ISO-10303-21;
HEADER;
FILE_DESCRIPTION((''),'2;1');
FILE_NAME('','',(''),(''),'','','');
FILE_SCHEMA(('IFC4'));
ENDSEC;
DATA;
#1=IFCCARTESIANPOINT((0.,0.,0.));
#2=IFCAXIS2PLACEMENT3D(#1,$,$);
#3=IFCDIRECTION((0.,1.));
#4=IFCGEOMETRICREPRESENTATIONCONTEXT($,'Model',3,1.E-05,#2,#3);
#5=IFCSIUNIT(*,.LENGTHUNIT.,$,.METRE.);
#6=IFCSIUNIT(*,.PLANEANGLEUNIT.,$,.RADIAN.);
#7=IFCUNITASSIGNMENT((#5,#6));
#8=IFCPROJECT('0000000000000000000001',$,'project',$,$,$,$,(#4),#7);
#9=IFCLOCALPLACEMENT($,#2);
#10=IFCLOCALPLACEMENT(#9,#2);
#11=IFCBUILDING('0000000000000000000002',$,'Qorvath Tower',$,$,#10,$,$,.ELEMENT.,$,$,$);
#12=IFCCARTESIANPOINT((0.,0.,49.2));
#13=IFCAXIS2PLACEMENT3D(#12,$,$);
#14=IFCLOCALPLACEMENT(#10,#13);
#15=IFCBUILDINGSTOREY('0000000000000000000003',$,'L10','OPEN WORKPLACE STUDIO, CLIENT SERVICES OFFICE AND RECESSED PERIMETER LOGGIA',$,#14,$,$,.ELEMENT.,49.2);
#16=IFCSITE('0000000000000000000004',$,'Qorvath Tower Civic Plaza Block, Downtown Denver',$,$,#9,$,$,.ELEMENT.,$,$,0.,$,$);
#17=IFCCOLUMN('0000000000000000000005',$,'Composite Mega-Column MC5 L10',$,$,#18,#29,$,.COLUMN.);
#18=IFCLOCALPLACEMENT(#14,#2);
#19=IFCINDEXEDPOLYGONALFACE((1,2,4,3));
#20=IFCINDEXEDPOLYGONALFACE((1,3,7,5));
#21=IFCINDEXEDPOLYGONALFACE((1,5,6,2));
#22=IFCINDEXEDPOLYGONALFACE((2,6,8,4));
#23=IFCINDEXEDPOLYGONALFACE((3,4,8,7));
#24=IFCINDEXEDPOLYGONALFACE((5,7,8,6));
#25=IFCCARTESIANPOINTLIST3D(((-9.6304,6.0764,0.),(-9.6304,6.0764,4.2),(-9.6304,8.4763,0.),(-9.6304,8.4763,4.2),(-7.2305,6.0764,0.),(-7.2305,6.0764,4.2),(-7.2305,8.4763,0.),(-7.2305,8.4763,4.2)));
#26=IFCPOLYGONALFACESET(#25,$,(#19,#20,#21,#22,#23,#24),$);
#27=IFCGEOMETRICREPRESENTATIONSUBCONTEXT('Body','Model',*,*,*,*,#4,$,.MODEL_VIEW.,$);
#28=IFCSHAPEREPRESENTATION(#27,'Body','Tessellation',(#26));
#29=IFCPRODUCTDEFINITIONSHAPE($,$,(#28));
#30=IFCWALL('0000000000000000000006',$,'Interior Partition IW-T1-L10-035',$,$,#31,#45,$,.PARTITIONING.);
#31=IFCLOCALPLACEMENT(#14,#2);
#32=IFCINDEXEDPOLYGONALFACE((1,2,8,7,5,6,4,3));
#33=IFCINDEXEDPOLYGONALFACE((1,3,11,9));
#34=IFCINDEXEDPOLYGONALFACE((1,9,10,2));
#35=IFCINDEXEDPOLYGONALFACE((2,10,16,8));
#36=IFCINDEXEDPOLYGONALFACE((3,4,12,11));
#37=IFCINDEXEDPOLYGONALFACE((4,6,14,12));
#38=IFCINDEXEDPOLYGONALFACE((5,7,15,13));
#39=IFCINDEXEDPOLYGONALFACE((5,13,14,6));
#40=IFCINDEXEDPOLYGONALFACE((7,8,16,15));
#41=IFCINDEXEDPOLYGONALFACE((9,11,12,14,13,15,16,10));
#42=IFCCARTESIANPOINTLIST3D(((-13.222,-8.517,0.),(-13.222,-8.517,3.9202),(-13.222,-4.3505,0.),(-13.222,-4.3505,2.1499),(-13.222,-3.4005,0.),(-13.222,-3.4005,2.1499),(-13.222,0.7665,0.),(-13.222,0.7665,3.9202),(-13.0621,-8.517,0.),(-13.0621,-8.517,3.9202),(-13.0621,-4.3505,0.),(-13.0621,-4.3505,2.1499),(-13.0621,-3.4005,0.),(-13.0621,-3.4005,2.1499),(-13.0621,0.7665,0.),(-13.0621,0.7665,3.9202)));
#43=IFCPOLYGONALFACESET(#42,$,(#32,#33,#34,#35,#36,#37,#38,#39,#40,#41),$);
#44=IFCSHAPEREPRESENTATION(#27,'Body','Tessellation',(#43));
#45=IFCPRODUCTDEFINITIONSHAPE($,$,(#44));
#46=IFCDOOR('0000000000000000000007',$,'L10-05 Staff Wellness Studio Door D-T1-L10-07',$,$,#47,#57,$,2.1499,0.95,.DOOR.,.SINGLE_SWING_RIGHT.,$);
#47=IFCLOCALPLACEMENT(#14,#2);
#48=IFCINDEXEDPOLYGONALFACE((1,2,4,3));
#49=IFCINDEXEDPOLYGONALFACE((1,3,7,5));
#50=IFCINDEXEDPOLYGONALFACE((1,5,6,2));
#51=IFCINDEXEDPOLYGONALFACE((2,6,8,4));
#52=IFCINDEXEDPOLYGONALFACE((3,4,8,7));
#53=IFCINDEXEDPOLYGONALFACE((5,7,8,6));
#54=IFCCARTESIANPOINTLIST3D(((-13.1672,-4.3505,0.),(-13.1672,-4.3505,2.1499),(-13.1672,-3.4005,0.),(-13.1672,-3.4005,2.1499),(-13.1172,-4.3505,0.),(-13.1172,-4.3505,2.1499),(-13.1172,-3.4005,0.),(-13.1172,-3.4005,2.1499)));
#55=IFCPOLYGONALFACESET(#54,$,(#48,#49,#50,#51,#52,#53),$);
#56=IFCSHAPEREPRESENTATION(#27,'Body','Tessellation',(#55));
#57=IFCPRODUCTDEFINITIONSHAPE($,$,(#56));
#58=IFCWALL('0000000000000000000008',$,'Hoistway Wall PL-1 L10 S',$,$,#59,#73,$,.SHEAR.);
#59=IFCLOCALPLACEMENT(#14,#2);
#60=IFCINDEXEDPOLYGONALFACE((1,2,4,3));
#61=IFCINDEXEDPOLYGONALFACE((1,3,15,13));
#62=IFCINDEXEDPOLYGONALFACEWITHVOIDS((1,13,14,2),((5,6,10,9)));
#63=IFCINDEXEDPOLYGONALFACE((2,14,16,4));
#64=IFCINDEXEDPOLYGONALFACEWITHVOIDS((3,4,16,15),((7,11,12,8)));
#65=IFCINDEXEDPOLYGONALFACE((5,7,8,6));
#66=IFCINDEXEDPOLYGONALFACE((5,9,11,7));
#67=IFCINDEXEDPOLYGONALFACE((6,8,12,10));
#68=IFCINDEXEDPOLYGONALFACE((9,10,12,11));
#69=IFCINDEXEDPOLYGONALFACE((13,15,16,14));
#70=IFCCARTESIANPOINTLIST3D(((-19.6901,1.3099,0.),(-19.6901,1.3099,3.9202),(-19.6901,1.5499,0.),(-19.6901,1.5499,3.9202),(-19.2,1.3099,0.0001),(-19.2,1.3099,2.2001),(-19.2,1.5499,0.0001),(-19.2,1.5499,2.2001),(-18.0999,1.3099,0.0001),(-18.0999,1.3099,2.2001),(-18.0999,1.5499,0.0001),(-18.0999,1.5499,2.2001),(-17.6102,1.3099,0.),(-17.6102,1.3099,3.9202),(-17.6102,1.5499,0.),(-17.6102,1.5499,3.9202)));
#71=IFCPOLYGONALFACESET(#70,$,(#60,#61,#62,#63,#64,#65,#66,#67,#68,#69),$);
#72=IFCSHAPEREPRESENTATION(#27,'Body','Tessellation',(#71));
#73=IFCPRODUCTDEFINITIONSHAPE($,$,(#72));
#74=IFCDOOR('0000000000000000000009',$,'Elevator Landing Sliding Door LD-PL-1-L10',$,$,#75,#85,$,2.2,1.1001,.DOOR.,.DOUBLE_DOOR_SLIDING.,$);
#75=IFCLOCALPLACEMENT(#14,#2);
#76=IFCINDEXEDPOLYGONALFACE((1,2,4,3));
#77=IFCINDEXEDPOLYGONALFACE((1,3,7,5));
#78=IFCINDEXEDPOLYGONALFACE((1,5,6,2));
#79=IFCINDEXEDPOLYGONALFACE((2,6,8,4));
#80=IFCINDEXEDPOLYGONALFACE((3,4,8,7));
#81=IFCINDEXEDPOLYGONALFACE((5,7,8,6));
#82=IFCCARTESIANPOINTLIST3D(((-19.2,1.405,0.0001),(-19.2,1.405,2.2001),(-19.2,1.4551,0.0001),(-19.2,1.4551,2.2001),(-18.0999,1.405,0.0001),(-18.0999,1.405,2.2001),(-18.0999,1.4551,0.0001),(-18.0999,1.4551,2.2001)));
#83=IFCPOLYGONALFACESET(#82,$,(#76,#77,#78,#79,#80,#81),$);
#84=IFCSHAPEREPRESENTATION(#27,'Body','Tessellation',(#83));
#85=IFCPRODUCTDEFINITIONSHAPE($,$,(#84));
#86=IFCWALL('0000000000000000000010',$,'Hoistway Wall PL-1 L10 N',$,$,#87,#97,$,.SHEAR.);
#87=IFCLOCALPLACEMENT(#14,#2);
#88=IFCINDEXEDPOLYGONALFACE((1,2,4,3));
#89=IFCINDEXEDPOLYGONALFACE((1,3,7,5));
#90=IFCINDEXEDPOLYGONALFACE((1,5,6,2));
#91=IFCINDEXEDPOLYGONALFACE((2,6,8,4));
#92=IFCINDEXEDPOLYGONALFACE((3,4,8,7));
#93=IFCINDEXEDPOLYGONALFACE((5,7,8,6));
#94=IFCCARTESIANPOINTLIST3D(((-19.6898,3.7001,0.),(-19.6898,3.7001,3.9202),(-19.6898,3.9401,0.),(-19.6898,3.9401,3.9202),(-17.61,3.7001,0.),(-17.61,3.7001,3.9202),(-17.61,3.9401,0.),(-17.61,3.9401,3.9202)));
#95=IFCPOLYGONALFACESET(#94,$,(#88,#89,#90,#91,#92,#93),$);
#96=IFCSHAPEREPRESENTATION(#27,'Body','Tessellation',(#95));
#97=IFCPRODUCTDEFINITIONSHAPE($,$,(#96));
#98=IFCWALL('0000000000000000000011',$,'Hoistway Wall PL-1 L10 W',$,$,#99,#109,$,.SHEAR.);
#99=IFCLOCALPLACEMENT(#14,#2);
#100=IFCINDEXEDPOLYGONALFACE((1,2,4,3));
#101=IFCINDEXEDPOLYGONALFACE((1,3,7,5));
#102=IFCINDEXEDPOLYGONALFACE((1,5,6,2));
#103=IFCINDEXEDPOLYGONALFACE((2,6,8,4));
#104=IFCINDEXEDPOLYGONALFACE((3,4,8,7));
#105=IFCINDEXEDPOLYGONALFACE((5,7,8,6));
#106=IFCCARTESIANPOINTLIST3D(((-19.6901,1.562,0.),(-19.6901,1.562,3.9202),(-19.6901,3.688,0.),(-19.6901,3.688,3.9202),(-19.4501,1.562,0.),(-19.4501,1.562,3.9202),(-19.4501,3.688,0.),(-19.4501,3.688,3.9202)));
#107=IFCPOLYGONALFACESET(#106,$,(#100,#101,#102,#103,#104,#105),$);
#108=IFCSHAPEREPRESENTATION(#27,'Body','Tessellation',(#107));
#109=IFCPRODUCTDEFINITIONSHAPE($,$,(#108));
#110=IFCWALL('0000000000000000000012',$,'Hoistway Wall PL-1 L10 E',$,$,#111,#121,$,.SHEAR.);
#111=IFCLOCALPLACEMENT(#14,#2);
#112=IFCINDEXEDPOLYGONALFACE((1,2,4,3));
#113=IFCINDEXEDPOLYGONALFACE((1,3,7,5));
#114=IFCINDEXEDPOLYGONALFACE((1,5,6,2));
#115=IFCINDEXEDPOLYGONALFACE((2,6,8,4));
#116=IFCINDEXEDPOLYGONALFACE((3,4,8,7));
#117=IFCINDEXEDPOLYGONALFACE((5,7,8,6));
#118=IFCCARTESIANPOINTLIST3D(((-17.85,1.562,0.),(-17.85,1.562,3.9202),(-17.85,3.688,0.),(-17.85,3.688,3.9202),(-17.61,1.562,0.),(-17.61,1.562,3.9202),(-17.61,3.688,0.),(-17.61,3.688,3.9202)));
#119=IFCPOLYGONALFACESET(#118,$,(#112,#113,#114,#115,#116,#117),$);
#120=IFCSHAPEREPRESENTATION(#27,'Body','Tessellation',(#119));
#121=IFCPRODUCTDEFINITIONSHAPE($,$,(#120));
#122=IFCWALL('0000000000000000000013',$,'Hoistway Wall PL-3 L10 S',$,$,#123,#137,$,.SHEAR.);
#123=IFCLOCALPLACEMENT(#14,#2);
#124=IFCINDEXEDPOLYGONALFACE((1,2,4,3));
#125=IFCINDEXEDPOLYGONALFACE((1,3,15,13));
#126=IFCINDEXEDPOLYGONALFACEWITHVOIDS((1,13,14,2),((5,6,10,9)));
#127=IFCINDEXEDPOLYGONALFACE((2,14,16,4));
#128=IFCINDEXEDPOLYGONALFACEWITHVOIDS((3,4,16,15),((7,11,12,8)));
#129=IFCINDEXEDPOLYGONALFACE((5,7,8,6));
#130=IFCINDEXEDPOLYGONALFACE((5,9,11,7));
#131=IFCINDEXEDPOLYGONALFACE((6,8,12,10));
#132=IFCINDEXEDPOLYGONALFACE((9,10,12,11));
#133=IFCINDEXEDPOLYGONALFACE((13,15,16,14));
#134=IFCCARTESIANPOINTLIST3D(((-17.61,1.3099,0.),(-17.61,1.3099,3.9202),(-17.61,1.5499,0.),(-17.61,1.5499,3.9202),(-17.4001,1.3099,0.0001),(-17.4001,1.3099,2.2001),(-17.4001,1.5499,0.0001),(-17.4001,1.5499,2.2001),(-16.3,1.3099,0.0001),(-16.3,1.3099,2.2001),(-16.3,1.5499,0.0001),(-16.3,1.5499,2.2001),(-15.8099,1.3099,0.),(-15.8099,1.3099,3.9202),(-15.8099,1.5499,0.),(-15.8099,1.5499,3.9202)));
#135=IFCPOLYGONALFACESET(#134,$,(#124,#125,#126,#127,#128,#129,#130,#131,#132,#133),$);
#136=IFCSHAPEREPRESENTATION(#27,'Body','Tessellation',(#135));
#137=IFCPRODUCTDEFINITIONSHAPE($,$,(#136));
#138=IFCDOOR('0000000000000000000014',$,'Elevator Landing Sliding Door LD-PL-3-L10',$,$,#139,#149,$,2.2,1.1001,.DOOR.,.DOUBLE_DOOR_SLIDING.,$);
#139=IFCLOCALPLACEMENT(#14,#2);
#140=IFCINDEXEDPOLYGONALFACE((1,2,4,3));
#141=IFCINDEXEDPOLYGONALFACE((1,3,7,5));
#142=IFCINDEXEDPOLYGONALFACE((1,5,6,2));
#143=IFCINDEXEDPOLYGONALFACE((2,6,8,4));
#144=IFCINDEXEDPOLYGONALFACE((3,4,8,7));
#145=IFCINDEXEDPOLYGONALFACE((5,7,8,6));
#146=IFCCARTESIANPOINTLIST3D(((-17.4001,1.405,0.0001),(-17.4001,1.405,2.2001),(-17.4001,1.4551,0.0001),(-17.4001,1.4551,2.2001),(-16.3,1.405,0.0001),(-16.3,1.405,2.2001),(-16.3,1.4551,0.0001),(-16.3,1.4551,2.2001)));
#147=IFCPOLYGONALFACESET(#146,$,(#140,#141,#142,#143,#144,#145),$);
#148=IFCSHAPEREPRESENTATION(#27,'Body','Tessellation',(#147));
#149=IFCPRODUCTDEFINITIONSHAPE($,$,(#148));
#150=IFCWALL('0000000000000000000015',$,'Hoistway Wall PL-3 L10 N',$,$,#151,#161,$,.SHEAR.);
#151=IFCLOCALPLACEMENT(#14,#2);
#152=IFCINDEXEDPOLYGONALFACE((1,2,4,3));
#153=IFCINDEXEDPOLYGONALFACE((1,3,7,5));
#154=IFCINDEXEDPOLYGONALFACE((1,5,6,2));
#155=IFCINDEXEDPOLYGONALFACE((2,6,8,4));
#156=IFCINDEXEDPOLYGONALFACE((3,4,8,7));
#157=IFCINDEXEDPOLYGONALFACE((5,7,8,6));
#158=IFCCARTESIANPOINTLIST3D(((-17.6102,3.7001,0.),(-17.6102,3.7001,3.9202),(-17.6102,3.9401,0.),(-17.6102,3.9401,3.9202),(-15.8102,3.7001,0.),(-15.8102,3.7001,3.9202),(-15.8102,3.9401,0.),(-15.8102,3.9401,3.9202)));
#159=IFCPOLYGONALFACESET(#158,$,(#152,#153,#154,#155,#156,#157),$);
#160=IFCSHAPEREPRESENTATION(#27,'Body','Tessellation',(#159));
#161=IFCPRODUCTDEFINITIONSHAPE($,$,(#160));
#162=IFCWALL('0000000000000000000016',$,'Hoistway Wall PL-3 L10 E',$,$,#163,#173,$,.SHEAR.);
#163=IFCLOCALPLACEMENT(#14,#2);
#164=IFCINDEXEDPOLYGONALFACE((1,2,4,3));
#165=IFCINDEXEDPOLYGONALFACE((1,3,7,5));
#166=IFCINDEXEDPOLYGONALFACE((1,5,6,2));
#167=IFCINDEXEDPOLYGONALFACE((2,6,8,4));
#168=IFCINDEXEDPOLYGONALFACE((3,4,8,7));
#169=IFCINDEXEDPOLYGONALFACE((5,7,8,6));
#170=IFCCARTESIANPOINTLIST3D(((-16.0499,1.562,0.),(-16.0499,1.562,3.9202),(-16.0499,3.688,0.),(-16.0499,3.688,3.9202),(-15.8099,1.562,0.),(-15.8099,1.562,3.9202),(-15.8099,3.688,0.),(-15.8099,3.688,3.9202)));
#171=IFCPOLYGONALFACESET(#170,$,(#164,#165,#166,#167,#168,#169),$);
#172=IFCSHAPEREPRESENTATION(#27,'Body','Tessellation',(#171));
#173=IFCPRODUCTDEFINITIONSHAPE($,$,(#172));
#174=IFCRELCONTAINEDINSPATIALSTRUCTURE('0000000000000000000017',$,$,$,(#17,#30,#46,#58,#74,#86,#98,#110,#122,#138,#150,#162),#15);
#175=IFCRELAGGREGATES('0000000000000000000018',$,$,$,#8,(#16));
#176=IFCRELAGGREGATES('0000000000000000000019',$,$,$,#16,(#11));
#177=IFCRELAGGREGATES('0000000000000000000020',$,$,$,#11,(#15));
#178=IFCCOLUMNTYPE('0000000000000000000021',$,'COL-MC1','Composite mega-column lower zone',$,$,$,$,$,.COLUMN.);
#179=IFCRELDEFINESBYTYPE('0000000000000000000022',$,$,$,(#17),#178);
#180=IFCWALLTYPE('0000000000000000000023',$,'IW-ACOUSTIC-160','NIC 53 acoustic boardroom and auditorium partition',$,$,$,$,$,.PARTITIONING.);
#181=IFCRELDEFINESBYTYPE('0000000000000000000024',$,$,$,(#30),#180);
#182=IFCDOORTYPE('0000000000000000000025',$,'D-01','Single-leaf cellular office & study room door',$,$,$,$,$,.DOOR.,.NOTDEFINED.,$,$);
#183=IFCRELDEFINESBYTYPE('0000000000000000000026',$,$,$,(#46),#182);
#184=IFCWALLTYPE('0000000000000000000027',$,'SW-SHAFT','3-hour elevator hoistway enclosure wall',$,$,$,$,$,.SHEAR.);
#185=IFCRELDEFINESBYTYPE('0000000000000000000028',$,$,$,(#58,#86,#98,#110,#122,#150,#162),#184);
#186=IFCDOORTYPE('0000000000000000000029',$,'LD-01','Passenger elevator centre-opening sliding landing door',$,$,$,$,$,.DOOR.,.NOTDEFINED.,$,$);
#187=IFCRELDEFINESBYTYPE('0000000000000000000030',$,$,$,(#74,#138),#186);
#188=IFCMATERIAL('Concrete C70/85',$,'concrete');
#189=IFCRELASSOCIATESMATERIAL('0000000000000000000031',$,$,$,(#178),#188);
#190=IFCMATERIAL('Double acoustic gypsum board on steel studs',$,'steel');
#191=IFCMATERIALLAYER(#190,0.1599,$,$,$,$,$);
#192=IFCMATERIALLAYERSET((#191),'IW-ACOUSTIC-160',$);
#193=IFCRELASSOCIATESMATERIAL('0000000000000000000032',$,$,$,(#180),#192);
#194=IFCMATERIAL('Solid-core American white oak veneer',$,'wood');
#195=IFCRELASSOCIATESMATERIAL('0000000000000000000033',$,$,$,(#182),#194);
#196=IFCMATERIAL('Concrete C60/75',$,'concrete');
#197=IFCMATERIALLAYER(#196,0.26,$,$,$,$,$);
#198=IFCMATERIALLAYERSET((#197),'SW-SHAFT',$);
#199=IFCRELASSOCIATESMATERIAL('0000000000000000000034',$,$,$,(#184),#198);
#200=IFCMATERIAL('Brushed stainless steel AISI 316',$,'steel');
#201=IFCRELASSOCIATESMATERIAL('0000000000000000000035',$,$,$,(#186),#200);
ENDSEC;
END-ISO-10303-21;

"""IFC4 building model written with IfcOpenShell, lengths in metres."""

from ifc_helpers import new_model, si_unit, direction, frame, frame_2d, origin, origin_2d, place, context, subcontext, project, spatial, rectangle, extrude, material, layer, layer_set, material_profile, profile_set, type_object, element, fill, save


model = new_model("IFC4")

# Units and contexts
model_context = context("Model", 3, precision=1e-05, world=origin(), true_north=direction((0.0, 1.0)))
body_context = subcontext(model_context, "Body", "Model", "MODEL_VIEW")
ifc_project = project(units=[si_unit("LENGTHUNIT", "METRE"), si_unit("PLANEANGLEUNIT", "RADIAN")], contexts=[model_context])

# Site, building, storey
site_placement = place(None, origin())
site = spatial("IfcSite", under=ifc_project, at=site_placement, Name="Qorvath Tower Civic Plaza Block, Downtown Denver", CompositionType="ELEMENT", RefElevation=0.0)
building_placement = place(site_placement, origin())
building = spatial("IfcBuilding", under=site, at=building_placement, Name="Qorvath Tower", CompositionType="ELEMENT")
storey_placement = place(building_placement, frame((0.0, 0.0, 49.2)))
storey = spatial("IfcBuildingStorey", under=building, at=storey_placement, Name="L10", Description="OPEN WORKPLACE STUDIO, CLIENT SERVICES OFFICE AND RECESSED PERIMETER LOGGIA", CompositionType="ELEMENT", Elevation=49.2)

# Column
ifc_material_1 = material(Name="Concrete C70/85", Category="concrete")
ifc_material_profile = material_profile(ifc_material_1, rectangle(XDim=2.3999, YDim=2.3999, at=origin_2d()), Name="MC 2400x2400")
ifc_profile_set = profile_set([ifc_material_profile], Name="Concrete C70/85")
column_type = type_object("IfcColumnType", Name="COL-MC1", Description="Composite mega-column lower zone", PredefinedType="COLUMN", material=ifc_profile_set)
column_placement = place(storey_placement, frame((-8.4304, 7.2764, 0.0), z_axis=(0.0, 0.0, 1.0), x_axis=(1.0, 0.0, 0.0)))
element("IfcColumn", 1, at=column_placement, inside=storey, type_object=column_type, Name="Composite Mega-Column MC5 L10", PredefinedType="COLUMN", context=body_context, shape_type="SweptSolid", body=[
    extrude(rectangle(XDim=2.3999, YDim=2.3999, at=origin_2d()), origin(), (0.0, 0.0, 1.0), 4.2),
])

# Walls, openings, doors
ifc_material_2 = material(Name="Double acoustic gypsum board on steel studs", Category="steel")
ifc_layer_1 = layer(ifc_material_2, 0.1599)
ifc_layer_set_1 = layer_set([ifc_layer_1], Name="IW-ACOUSTIC-160")
wall_type_1 = type_object("IfcWallType", Name="IW-ACOUSTIC-160", Description="NIC 53 acoustic boardroom and auditorium partition", PredefinedType="PARTITIONING", material=ifc_layer_set_1)
wall_1_placement = place(storey_placement, frame((-13.1421, 0.7664, 0.0), z_axis=(0.0, 0.0, 1.0), x_axis=(0.0, -1.0, 0.0)))
wall_1 = element("IfcWall", 2, at=wall_1_placement, inside=storey, type_object=wall_type_1, Name="Interior Partition IW-T1-L10-035", PredefinedType="PARTITIONING", context=body_context, shape_type="SweptSolid", body=[
    extrude(rectangle(XDim=9.2834, YDim=0.1599, at=frame_2d((4.6416, 0.0))), origin(), (0.0, 0.0, 1.0), 3.9202),
])
opening_1_placement = place(wall_1_placement, frame((4.1667, 0.0, 0.0)))
opening_1 = element("IfcOpeningElement", 3, at=opening_1_placement, cuts=wall_1, PredefinedType="OPENING", context=body_context, shape_type="SweptSolid", body=[
    extrude(rectangle(XDim=0.95, YDim=2.1499, at=frame_2d((0.4751, 1.075))), frame((0.0, 0.0898, 0.0), z_axis=(0.0, -1.0, 0.0), x_axis=(1.0, 0.0, 0.0)), (0.0, 0.0, 1.0), 0.1799),
])
ifc_material_3 = material(Name="Solid-core American white oak veneer", Category="wood")
door_type_1 = type_object("IfcDoorType", Name="D-01", Description="Single-leaf cellular office & study room door", OperationType="NOTDEFINED", PredefinedType="DOOR", material=ifc_material_3)
door_1_placement = place(opening_1_placement, origin())
door_1 = element("IfcDoor", 4, at=door_1_placement, inside=storey, type_object=door_type_1, Name="L10-05 Staff Wellness Studio Door D-T1-L10-07", OperationType="SINGLE_SWING_RIGHT", OverallHeight=2.1499, OverallWidth=0.95, PredefinedType="DOOR", context=body_context, shape_type="SweptSolid", body=[
    extrude(rectangle(XDim=0.95, YDim=2.1499, at=frame_2d((0.4751, 1.075))), frame((0.0, 0.0249, 0.0), z_axis=(0.0, -1.0, 0.0), x_axis=(1.0, 0.0, 0.0)), (0.0, 0.0, 1.0), 0.05),
])
fill(opening_1, door_1)
ifc_material_4 = material(Name="Concrete C60/75", Category="concrete")
ifc_layer_2 = layer(ifc_material_4, 0.26)
ifc_layer_set_2 = layer_set([ifc_layer_2], Name="SW-SHAFT")
wall_type_2 = type_object("IfcWallType", Name="SW-SHAFT", Description="3-hour elevator hoistway enclosure wall", PredefinedType="SHEAR", material=ifc_layer_set_2)
wall_2_placement = place(storey_placement, frame((-17.6101, 1.4299, 0.0), z_axis=(0.0, 0.0, 1.0), x_axis=(-1.0, 0.0, 0.0)))
wall_2 = element("IfcWall", 5, at=wall_2_placement, inside=storey, type_object=wall_type_2, Name="Hoistway Wall PL-1 L10 S", PredefinedType="SHEAR", context=body_context, shape_type="SweptSolid", body=[
    extrude(rectangle(XDim=2.0798, YDim=0.24, at=frame_2d((1.04, 0.0))), origin(), (0.0, 0.0, 1.0), 3.9202),
])
opening_2_placement = place(wall_2_placement, frame((0.4897, 0.0, 0.0)))
opening_2 = element("IfcOpeningElement", 6, at=opening_2_placement, cuts=wall_2, PredefinedType="OPENING", context=body_context, shape_type="SweptSolid", body=[
    extrude(rectangle(XDim=1.1001, YDim=2.2, at=frame_2d((0.55, 1.1001))), frame((0.0, 0.1299, 0.0), z_axis=(0.0, -1.0, 0.0), x_axis=(1.0, 0.0, 0.0)), (0.0, 0.0, 1.0), 0.26),
])
ifc_material_5 = material(Name="Brushed stainless steel AISI 316", Category="steel")
door_type_2 = type_object("IfcDoorType", Name="LD-01", Description="Passenger elevator centre-opening sliding landing door", OperationType="NOTDEFINED", PredefinedType="DOOR", material=ifc_material_5)
door_2_placement = place(opening_2_placement, origin())
door_2 = element("IfcDoor", 7, at=door_2_placement, inside=storey, type_object=door_type_2, Name="Elevator Landing Sliding Door LD-PL-1-L10", OperationType="DOUBLE_DOOR_SLIDING", OverallHeight=2.2, OverallWidth=1.1001, PredefinedType="DOOR", context=body_context, shape_type="SweptSolid", body=[
    extrude(rectangle(XDim=1.1001, YDim=2.2, at=frame_2d((0.55, 1.1001))), frame((0.0, 0.0249, 0.0), z_axis=(0.0, -1.0, 0.0), x_axis=(1.0, 0.0, 0.0)), (0.0, 0.0, 1.0), 0.05),
])
fill(opening_2, door_2)

# Walls
wall_3_placement = place(storey_placement, frame((-19.6899, 3.8201, 0.0), z_axis=(0.0, 0.0, 1.0), x_axis=(1.0, 0.0, 0.0)))
element("IfcWall", 8, at=wall_3_placement, inside=storey, type_object=wall_type_2, Name="Hoistway Wall PL-1 L10 N", PredefinedType="SHEAR", context=body_context, shape_type="SweptSolid", body=[
    extrude(rectangle(XDim=2.0798, YDim=0.24, at=frame_2d((1.04, 0.0))), origin(), (0.0, 0.0, 1.0), 3.9202),
])
for number, where, z_axis, x_axis, name in (
    (9, (-19.5701, 1.562, 0.0), (0.0, 0.0, 1.0), (0.0, 1.0, 0.0), "Hoistway Wall PL-1 L10 W"),
    (10, (-17.73, 3.688, 0.0), (0.0, 0.0, 1.0), (0.0, -1.0, 0.0), "Hoistway Wall PL-1 L10 E"),
):
    element("IfcWall", number, at=place(storey_placement, frame(where, z_axis=z_axis, x_axis=x_axis)), inside=storey, type_object=wall_type_2, Name=name, PredefinedType="SHEAR", context=body_context, shape_type="SweptSolid", body=[
        extrude(rectangle(XDim=2.126, YDim=0.24, at=frame_2d((1.063, 0.0))), origin(), (0.0, 0.0, 1.0), 3.9202),
    ])

# Wall, opening, door
wall_4_placement = place(storey_placement, frame((-15.8101, 1.4299, 0.0), z_axis=(0.0, 0.0, 1.0), x_axis=(-1.0, 0.0, 0.0)))
wall_4 = element("IfcWall", 11, at=wall_4_placement, inside=storey, type_object=wall_type_2, Name="Hoistway Wall PL-3 L10 S", PredefinedType="SHEAR", context=body_context, shape_type="SweptSolid", body=[
    extrude(rectangle(XDim=1.8, YDim=0.24, at=frame_2d((0.8999, 0.0))), origin(), (0.0, 0.0, 1.0), 3.9202),
])
opening_3_placement = place(wall_4_placement, frame((0.49, 0.0, 0.0)))
opening_3 = element("IfcOpeningElement", 12, at=opening_3_placement, cuts=wall_4, PredefinedType="OPENING", context=body_context, shape_type="SweptSolid", body=[
    extrude(rectangle(XDim=1.1001, YDim=2.2, at=frame_2d((0.55, 1.1001))), frame((0.0, 0.1299, 0.0), z_axis=(0.0, -1.0, 0.0), x_axis=(1.0, 0.0, 0.0)), (0.0, 0.0, 1.0), 0.26),
])
door_3_placement = place(opening_3_placement, origin())
door_3 = element("IfcDoor", 13, at=door_3_placement, inside=storey, type_object=door_type_2, Name="Elevator Landing Sliding Door LD-PL-3-L10", OperationType="DOUBLE_DOOR_SLIDING", OverallHeight=2.2, OverallWidth=1.1001, PredefinedType="DOOR", context=body_context, shape_type="SweptSolid", body=[
    extrude(rectangle(XDim=1.1001, YDim=2.2, at=frame_2d((0.55, 1.1001))), frame((0.0, 0.0249, 0.0), z_axis=(0.0, -1.0, 0.0), x_axis=(1.0, 0.0, 0.0)), (0.0, 0.0, 1.0), 0.05),
])
fill(opening_3, door_3)

# Walls
wall_5_placement = place(storey_placement, frame((-17.6101, 3.8201, 0.0), z_axis=(0.0, 0.0, 1.0), x_axis=(1.0, 0.0, 0.0)))
element("IfcWall", 14, at=wall_5_placement, inside=storey, type_object=wall_type_2, Name="Hoistway Wall PL-3 L10 N", PredefinedType="SHEAR", context=body_context, shape_type="SweptSolid", body=[
    extrude(rectangle(XDim=1.8, YDim=0.24, at=frame_2d((0.8999, 0.0))), origin(), (0.0, 0.0, 1.0), 3.9202),
])
wall_6_placement = place(storey_placement, frame((-15.9299, 3.688, 0.0), z_axis=(0.0, 0.0, 1.0), x_axis=(0.0, -1.0, 0.0)))
element("IfcWall", 15, at=wall_6_placement, inside=storey, type_object=wall_type_2, Name="Hoistway Wall PL-3 L10 E", PredefinedType="SHEAR", context=body_context, shape_type="SweptSolid", body=[
    extrude(rectangle(XDim=2.126, YDim=0.24, at=frame_2d((1.063, 0.0))), origin(), (0.0, 0.0, 1.0), 3.9202),
])

save(model, "model.ifc")
